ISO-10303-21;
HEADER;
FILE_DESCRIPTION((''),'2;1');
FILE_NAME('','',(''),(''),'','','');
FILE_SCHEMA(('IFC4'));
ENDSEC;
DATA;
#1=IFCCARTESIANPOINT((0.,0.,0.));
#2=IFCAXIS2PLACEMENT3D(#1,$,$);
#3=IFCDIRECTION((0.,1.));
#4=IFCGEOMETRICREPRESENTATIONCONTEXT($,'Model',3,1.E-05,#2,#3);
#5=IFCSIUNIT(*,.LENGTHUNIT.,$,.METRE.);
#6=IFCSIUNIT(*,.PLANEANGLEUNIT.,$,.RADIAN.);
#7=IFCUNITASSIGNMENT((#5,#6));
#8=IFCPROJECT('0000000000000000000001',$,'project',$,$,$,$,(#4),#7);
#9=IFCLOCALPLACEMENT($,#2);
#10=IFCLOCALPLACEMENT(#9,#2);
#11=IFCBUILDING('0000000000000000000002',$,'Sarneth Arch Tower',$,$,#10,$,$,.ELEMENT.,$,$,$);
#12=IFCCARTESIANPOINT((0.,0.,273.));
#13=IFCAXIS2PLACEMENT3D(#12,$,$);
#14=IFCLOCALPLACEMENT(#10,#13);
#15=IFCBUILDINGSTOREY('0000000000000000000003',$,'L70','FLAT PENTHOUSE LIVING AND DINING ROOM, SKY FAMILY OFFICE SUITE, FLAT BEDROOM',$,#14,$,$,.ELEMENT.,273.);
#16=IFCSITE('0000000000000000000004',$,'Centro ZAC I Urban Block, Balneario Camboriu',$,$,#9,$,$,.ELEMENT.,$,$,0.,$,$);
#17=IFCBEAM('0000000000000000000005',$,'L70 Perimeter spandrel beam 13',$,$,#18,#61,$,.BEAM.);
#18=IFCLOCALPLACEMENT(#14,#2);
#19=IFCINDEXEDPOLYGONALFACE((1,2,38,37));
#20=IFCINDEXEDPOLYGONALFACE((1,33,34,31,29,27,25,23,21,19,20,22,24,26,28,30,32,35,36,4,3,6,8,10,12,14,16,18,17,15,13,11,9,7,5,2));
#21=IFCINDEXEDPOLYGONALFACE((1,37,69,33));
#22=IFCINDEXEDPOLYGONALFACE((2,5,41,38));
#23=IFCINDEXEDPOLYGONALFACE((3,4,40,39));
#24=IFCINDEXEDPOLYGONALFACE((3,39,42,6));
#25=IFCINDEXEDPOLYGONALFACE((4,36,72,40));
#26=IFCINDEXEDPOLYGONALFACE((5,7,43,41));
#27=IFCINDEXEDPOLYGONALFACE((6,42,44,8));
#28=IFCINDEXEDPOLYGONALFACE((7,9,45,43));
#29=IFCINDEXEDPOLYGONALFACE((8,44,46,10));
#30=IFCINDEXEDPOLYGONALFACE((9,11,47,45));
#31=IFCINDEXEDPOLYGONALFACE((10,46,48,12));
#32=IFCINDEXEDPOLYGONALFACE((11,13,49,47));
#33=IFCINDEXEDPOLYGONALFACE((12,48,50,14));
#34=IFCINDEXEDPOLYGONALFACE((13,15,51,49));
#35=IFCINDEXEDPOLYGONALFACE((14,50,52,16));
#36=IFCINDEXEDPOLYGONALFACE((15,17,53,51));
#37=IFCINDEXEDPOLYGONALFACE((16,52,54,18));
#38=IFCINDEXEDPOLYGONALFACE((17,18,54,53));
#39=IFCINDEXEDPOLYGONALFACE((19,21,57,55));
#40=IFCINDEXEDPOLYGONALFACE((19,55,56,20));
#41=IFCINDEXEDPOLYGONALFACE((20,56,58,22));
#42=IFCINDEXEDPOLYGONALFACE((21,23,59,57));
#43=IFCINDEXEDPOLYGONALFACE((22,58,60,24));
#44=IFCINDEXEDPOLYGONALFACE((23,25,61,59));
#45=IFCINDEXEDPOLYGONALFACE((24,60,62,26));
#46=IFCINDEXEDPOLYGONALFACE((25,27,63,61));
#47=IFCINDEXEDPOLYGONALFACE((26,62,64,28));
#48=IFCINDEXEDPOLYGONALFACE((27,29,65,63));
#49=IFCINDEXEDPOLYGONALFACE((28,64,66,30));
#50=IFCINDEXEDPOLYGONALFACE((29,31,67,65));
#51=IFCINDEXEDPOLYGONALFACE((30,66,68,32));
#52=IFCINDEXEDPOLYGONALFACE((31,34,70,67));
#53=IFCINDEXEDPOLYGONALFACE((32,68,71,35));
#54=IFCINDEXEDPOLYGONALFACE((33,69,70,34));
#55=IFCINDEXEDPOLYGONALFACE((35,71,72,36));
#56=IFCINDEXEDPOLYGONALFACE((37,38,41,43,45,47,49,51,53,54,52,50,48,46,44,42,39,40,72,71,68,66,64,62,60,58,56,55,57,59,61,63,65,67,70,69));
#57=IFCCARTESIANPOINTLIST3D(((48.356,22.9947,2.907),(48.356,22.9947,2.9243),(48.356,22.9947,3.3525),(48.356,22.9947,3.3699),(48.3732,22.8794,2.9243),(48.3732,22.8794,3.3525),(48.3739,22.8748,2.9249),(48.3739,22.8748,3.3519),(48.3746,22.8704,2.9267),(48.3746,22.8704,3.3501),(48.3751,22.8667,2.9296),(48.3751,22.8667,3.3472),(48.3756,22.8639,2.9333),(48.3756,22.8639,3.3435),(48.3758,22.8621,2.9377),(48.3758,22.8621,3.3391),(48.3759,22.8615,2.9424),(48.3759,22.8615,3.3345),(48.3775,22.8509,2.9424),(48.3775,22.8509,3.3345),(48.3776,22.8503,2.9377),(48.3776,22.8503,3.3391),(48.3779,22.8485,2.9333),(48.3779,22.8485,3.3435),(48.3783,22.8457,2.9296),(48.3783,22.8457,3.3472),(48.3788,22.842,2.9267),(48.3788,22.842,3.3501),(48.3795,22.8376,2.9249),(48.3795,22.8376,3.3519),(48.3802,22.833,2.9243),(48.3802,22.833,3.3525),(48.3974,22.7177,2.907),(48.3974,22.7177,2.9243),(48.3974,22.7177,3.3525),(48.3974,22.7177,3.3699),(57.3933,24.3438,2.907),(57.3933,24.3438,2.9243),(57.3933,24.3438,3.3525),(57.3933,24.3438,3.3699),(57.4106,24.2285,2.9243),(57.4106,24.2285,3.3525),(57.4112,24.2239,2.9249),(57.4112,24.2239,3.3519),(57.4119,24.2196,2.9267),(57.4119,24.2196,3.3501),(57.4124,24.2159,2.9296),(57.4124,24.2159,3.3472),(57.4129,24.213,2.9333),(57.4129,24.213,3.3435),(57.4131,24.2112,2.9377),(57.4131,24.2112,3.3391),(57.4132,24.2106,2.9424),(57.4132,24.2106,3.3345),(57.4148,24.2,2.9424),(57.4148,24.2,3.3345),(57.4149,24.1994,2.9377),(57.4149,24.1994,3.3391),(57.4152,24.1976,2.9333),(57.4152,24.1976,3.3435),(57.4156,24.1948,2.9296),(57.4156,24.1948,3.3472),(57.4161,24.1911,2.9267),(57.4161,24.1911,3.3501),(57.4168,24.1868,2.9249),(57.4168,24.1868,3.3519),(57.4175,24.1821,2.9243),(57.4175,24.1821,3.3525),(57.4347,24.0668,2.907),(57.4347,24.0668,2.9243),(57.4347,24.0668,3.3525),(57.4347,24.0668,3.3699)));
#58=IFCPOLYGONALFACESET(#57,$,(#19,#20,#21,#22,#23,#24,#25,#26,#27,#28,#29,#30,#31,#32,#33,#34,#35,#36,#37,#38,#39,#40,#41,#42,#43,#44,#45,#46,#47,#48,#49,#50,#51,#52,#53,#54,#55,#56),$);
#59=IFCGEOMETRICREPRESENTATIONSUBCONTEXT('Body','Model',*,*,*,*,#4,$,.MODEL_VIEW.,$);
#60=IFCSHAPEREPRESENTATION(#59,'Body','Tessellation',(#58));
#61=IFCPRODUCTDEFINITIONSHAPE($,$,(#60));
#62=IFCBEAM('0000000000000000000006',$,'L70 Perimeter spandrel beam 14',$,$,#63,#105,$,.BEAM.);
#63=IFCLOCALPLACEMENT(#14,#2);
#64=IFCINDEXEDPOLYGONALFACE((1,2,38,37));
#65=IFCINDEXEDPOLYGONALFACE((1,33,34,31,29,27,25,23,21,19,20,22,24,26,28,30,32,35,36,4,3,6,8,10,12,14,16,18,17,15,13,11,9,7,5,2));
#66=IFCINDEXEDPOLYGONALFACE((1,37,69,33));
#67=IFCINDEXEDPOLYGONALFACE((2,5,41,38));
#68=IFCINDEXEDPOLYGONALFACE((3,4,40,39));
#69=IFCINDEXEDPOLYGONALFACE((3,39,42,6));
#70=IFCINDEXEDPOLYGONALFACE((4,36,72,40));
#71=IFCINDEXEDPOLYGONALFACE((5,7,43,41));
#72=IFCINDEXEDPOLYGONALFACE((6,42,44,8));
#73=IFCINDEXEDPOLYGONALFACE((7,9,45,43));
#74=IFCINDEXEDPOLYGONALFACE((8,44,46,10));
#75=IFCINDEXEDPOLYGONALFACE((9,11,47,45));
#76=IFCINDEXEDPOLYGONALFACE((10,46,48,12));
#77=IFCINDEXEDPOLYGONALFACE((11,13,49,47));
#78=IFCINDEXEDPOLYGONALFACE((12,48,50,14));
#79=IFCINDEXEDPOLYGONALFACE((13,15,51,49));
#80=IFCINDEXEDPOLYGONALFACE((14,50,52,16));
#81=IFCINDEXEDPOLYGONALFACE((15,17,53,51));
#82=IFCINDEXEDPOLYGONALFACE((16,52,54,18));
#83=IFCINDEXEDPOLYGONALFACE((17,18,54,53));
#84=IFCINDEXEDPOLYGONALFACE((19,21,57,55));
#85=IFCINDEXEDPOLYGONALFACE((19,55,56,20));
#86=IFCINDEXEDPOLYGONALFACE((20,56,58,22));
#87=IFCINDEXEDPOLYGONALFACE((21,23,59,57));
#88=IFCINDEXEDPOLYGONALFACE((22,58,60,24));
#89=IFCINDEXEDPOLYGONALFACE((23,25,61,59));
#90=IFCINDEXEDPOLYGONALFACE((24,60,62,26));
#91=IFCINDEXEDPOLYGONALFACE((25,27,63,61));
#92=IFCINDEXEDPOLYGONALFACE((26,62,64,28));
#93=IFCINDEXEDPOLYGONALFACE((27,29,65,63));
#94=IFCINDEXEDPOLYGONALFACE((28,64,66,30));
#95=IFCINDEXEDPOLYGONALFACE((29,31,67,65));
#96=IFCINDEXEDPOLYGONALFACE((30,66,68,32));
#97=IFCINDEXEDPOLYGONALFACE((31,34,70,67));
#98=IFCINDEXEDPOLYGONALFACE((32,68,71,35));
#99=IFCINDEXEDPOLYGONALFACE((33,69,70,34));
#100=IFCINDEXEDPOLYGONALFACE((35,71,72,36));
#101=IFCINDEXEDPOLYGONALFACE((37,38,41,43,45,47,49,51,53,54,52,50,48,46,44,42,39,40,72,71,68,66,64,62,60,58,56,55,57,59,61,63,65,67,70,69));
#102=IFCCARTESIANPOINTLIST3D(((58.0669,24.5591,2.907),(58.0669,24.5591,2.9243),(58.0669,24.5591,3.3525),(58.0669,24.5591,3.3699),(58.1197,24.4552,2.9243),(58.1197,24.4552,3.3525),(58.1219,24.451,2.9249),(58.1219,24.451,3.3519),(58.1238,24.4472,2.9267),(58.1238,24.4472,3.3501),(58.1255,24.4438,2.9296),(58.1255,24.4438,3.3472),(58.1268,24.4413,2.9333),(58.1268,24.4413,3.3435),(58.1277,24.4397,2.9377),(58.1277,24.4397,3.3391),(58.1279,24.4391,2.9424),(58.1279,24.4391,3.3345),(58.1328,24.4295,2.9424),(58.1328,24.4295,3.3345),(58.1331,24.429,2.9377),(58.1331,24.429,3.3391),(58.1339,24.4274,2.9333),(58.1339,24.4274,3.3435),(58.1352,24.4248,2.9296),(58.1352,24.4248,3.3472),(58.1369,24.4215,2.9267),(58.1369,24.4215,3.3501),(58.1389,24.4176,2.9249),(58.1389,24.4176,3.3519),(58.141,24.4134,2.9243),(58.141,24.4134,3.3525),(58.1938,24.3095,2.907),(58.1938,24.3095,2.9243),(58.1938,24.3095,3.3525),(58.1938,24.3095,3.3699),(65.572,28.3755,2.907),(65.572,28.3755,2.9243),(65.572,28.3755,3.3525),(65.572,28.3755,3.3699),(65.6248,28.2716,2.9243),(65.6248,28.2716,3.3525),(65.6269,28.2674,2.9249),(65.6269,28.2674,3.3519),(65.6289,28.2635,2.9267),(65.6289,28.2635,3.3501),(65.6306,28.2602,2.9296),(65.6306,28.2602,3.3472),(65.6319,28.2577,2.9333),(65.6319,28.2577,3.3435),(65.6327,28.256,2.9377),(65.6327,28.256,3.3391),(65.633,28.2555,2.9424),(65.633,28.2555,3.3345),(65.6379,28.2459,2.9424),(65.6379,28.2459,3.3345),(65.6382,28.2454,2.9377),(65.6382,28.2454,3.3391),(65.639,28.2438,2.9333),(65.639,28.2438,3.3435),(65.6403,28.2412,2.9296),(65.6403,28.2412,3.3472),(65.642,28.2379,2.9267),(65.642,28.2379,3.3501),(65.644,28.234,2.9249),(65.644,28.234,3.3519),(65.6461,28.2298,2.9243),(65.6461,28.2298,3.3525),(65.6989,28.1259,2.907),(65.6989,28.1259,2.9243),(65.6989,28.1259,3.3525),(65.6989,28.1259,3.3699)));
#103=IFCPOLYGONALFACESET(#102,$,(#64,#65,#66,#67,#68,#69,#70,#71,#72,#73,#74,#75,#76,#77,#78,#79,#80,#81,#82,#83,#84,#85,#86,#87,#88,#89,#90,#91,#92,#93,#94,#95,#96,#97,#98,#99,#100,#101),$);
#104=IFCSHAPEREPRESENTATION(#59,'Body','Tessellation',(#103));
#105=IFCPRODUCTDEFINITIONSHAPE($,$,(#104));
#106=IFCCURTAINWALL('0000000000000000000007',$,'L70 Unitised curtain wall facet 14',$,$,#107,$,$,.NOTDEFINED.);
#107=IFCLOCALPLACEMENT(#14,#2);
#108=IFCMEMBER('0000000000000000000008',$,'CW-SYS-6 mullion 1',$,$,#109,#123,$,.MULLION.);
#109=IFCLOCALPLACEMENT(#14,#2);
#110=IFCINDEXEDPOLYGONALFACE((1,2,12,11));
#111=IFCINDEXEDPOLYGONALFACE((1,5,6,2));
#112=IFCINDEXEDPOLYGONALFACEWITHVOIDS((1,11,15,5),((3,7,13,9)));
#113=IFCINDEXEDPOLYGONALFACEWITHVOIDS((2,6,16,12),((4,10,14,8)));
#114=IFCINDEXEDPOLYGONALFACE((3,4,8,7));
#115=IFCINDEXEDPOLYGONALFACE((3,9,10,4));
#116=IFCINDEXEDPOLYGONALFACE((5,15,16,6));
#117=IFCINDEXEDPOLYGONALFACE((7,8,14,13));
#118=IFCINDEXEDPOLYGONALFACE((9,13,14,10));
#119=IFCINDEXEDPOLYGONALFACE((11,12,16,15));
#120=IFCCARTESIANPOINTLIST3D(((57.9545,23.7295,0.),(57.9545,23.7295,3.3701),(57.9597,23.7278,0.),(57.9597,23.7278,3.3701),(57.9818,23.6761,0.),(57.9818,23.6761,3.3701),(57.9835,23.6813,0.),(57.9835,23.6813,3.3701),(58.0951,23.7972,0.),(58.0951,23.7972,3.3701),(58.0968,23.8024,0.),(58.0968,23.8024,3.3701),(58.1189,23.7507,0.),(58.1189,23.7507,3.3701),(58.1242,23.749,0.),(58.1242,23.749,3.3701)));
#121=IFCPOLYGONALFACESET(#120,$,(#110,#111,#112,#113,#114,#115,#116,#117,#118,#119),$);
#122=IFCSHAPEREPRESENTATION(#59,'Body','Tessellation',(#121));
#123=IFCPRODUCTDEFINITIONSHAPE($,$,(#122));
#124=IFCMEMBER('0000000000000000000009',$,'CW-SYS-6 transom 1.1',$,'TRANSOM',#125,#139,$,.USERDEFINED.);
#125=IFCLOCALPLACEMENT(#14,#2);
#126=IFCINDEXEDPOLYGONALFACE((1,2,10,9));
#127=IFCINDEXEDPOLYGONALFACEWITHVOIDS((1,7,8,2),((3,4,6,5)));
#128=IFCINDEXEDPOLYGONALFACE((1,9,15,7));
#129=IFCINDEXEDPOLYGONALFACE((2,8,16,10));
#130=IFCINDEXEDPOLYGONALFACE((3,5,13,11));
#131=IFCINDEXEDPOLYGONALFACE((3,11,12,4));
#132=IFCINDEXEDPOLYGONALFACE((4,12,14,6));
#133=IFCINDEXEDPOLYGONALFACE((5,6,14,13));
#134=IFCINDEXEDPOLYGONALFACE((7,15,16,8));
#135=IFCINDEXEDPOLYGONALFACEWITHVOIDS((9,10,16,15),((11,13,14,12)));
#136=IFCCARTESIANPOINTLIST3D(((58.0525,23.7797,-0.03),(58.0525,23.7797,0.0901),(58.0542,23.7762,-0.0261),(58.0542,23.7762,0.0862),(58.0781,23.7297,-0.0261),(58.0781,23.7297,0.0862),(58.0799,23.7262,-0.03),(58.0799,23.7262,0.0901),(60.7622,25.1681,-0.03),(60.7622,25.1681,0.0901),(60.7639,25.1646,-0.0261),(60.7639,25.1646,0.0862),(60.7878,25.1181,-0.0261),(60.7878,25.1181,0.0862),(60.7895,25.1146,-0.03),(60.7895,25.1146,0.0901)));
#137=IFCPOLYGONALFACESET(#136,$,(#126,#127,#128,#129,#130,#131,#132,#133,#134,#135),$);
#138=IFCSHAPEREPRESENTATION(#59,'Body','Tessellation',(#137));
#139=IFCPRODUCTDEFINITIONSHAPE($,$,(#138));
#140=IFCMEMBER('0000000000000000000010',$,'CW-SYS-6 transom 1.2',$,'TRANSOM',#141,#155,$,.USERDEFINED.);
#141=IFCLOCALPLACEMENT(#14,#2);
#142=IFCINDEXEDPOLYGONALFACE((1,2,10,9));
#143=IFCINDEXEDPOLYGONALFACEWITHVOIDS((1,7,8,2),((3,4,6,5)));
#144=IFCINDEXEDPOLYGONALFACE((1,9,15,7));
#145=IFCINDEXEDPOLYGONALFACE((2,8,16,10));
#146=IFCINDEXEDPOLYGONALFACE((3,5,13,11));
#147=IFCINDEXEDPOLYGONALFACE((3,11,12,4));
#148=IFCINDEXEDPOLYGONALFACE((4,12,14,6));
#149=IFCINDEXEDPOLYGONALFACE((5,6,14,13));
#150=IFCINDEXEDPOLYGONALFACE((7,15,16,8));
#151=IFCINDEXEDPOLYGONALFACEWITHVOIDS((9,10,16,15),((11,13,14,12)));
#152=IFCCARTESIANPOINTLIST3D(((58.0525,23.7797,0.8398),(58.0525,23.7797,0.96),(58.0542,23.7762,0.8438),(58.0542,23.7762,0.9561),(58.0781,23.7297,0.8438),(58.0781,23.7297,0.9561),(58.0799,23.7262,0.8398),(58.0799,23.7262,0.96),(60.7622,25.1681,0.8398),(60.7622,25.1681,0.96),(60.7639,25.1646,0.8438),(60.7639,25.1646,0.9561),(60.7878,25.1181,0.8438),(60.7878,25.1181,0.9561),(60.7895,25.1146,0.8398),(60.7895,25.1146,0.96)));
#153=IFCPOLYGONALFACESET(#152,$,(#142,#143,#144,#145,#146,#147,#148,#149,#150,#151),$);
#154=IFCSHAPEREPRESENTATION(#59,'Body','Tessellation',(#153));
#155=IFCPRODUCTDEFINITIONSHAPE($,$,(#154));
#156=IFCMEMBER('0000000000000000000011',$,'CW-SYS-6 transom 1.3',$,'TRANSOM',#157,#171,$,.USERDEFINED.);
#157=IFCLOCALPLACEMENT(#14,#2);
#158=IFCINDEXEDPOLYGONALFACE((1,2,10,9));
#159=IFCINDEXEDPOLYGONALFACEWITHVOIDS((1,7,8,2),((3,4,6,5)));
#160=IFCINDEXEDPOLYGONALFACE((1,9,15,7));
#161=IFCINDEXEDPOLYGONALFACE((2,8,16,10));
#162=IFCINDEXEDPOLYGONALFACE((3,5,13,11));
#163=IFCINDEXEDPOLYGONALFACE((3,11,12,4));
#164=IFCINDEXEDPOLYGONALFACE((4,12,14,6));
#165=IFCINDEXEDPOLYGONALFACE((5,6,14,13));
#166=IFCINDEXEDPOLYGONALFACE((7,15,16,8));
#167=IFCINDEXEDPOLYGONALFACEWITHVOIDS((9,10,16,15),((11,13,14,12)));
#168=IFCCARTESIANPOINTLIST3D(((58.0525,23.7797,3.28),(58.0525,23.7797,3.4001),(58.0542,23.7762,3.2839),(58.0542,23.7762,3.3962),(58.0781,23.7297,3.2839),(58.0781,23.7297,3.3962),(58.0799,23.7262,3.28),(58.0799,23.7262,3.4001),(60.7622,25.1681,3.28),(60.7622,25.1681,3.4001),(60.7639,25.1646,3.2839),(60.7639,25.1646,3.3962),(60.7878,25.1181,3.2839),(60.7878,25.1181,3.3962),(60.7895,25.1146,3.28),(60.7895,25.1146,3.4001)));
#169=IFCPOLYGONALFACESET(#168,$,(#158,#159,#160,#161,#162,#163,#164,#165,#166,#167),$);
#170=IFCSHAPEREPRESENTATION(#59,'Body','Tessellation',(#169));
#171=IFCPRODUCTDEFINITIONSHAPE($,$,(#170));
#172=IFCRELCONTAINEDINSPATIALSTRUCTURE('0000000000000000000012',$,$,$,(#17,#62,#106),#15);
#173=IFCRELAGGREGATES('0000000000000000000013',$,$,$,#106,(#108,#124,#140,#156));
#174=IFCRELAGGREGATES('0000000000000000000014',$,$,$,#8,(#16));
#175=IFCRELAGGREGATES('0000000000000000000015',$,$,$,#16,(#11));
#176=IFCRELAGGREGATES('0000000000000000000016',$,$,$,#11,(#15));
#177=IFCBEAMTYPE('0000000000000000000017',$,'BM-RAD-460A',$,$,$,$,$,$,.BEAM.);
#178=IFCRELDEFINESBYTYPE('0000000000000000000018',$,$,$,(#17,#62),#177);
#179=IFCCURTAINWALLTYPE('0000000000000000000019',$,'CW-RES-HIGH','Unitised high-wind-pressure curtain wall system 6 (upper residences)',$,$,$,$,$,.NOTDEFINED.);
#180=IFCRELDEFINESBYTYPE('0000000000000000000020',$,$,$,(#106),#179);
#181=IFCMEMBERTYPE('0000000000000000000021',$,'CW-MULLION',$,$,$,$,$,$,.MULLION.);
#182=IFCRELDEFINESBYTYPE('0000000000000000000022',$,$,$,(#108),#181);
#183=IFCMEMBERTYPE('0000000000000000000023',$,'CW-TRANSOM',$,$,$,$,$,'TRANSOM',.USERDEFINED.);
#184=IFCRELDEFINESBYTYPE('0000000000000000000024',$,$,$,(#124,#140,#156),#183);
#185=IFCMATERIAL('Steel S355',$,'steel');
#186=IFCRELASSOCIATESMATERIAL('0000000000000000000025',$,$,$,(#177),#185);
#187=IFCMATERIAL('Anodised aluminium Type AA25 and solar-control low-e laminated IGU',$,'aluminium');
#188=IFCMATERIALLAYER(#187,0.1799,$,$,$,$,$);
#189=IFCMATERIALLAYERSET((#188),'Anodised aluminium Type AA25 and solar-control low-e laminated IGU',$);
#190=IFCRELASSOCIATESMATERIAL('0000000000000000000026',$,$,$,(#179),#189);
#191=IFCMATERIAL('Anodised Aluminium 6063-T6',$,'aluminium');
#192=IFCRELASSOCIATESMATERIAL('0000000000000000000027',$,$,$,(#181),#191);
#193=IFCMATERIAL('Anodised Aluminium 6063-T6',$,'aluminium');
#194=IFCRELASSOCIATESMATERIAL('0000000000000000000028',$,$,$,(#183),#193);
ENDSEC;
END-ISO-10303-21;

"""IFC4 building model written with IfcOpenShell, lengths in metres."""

from ifc_helpers import new_model, si_unit, direction, frame, origin, origin_2d, place, context, subcontext, project, spatial, hollow_rectangle, i_section, extrude, material, layer, layer_set, material_profile, profile_set, type_object, element, aggregate, save


model = new_model("IFC4")

# Units and contexts
model_context = context("Model", 3, precision=1e-05, world=origin(), true_north=direction((0.0, 1.0)))
body_context = subcontext(model_context, "Body", "Model", "MODEL_VIEW")
ifc_project = project(units=[si_unit("LENGTHUNIT", "METRE"), si_unit("PLANEANGLEUNIT", "RADIAN")], contexts=[model_context])

# Site, building, storey
site_placement = place(None, origin())
site = spatial("IfcSite", under=ifc_project, at=site_placement, Name="Centro ZAC I Urban Block, Balneario Camboriu", CompositionType="ELEMENT", RefElevation=0.0)
building_placement = place(site_placement, origin())
building = spatial("IfcBuilding", under=site, at=building_placement, Name="Sarneth Arch Tower", CompositionType="ELEMENT")
storey_placement = place(building_placement, frame((0.0, 0.0, 273.0)))
storey = spatial("IfcBuildingStorey", under=building, at=storey_placement, Name="L70", Description="FLAT PENTHOUSE LIVING AND DINING ROOM, SKY FAMILY OFFICE SUITE, FLAT BEDROOM", CompositionType="ELEMENT", Elevation=273.0)

# Beams
ifc_material_1 = material(Name="Steel S355", Category="steel")
ifc_material_profile_1 = material_profile(ifc_material_1, i_section(OverallWidth=0.28, OverallDepth=0.4629, WebThickness=0.0107, FlangeThickness=0.0173, FilletRadius=0.0181, at=origin_2d()), Name="W460x113")
ifc_profile_set_1 = profile_set([ifc_material_profile_1], Name="Steel S355")
beam_type_1 = type_object("IfcBeamType", Name="BM-RAD-460A", PredefinedType="BEAM", material=ifc_profile_set_1)
beam_1_placement = place(storey_placement, frame((48.3767, 22.8562, 3.1384), z_axis=(0.98904, 0.147647, 0.0), x_axis=(-0.147647, 0.98904, 0.0)))
element("IfcBeam", 1, at=beam_1_placement, inside=storey, type_object=beam_type_1, Name="L70 Perimeter spandrel beam 13", PredefinedType="BEAM", context=body_context, shape_type="SweptSolid", body=[
    extrude(i_section(OverallWidth=0.28, OverallDepth=0.4629, WebThickness=0.0107, FlangeThickness=0.0173, FilletRadius=0.0181, at=origin_2d()), origin(), (0.0, 0.0, 1.0), 9.1375),
])
beam_2_placement = place(storey_placement, frame((58.1304, 24.4343, 3.1384), z_axis=(0.891374, 0.453269, 0.0), x_axis=(-0.453269, 0.891374, 0.0)))
element("IfcBeam", 2, at=beam_2_placement, inside=storey, type_object=beam_type_1, Name="L70 Perimeter spandrel beam 14", PredefinedType="BEAM", context=body_context, shape_type="SweptSolid", body=[
    extrude(i_section(OverallWidth=0.28, OverallDepth=0.4629, WebThickness=0.0107, FlangeThickness=0.0173, FilletRadius=0.0181, at=origin_2d()), origin(), (0.0, 0.0, 1.0), 8.4197),
])

# Curtain wall, members
ifc_material_2 = material(Name="Anodised aluminium Type AA25 and solar-control low-e laminated IGU", Category="aluminium")
ifc_layer_1 = layer(ifc_material_2, 0.1799)
ifc_layer_set_1 = layer_set([ifc_layer_1], Name="Anodised aluminium Type AA25 and solar-control low-e laminated IGU")
curtain_wall_type = type_object("IfcCurtainWallType", Name="CW-RES-HIGH", Description="Unitised high-wind-pressure curtain wall system 6 (upper residences)", PredefinedType="NOTDEFINED", material=ifc_layer_set_1)
curtain_wall_placement = place(storey_placement, origin())
curtain_wall = element("IfcCurtainWall", 3, at=curtain_wall_placement, inside=storey, type_object=curtain_wall_type, Name="L70 Unitised curtain wall facet 14", PredefinedType="NOTDEFINED")
ifc_material_3 = material(Name="Anodised Aluminium 6063-T6", Category="aluminium")
ifc_material_profile_2 = material_profile(ifc_material_3, hollow_rectangle(XDim=0.0601, YDim=0.1599, WallThickness=0.0039, at=origin_2d()), Name="AL-MULL-160x60x4")
ifc_profile_set_2 = profile_set([ifc_material_profile_2], Name="Anodised Aluminium 6063-T6")
member_type_1 = type_object("IfcMemberType", Name="CW-MULLION", PredefinedType="MULLION", material=ifc_profile_set_2)
member_1_placement = place(storey_placement, frame((58.0393, 23.7393, 0.0), z_axis=(0.0, 0.0, 1.0), x_axis=(-0.455942, 0.89001, 0.0)))
member_1 = element("IfcMember", 4, at=member_1_placement, type_object=member_type_1, Name="CW-SYS-6 mullion 1", PredefinedType="MULLION", context=body_context, shape_type="SweptSolid", body=[
    extrude(hollow_rectangle(XDim=0.0601, YDim=0.1599, WallThickness=0.0039, at=origin_2d()), origin(), (0.0, 0.0, 1.0), 3.3701),
])
ifc_material_4 = material(Name="Anodised Aluminium 6063-T6", Category="aluminium")
ifc_material_profile_3 = material_profile(ifc_material_4, hollow_rectangle(XDim=0.0601, YDim=0.1201, WallThickness=0.0039, at=origin_2d()), Name="AL-TRAN-120x60x4")
ifc_profile_set_3 = profile_set([ifc_material_profile_3], Name="Anodised Aluminium 6063-T6")
member_type_2 = type_object("IfcMemberType", Name="CW-TRANSOM", ElementType="TRANSOM", PredefinedType="USERDEFINED", material=ifc_profile_set_3)
member_2_placement = place(storey_placement, frame((58.0662, 23.7529, 0.03), z_axis=(0.889974, 0.456012, 0.0), x_axis=(-0.456012, 0.889974, 0.0)))
member_2 = element("IfcMember", 5, at=member_2_placement, type_object=member_type_2, Name="CW-SYS-6 transom 1.1", ObjectType="TRANSOM", PredefinedType="USERDEFINED", context=body_context, shape_type="SweptSolid", body=[
    extrude(hollow_rectangle(XDim=0.0601, YDim=0.1201, WallThickness=0.0039, at=origin_2d()), origin(), (0.0, 0.0, 1.0), 3.0447),
])
member_3_placement = place(storey_placement, frame((58.0662, 23.7529, 0.8999), z_axis=(0.889974, 0.456012, 0.0), x_axis=(-0.456012, 0.889974, 0.0)))
member_3 = element("IfcMember", 6, at=member_3_placement, type_object=member_type_2, Name="CW-SYS-6 transom 1.2", ObjectType="TRANSOM", PredefinedType="USERDEFINED", context=body_context, shape_type="SweptSolid", body=[
    extrude(hollow_rectangle(XDim=0.0601, YDim=0.1201, WallThickness=0.0039, at=origin_2d()), origin(), (0.0, 0.0, 1.0), 3.0447),
])
member_4_placement = place(storey_placement, frame((58.0662, 23.7529, 3.3401), z_axis=(0.889974, 0.456012, 0.0), x_axis=(-0.456012, 0.889974, 0.0)))
member_4 = element("IfcMember", 7, at=member_4_placement, type_object=member_type_2, Name="CW-SYS-6 transom 1.3", ObjectType="TRANSOM", PredefinedType="USERDEFINED", context=body_context, shape_type="SweptSolid", body=[
    extrude(hollow_rectangle(XDim=0.0601, YDim=0.1201, WallThickness=0.0039, at=origin_2d()), origin(), (0.0, 0.0, 1.0), 3.0447),
])
aggregate(curtain_wall, [member_1, member_2, member_3, member_4])

save(model, "model.ifc")
